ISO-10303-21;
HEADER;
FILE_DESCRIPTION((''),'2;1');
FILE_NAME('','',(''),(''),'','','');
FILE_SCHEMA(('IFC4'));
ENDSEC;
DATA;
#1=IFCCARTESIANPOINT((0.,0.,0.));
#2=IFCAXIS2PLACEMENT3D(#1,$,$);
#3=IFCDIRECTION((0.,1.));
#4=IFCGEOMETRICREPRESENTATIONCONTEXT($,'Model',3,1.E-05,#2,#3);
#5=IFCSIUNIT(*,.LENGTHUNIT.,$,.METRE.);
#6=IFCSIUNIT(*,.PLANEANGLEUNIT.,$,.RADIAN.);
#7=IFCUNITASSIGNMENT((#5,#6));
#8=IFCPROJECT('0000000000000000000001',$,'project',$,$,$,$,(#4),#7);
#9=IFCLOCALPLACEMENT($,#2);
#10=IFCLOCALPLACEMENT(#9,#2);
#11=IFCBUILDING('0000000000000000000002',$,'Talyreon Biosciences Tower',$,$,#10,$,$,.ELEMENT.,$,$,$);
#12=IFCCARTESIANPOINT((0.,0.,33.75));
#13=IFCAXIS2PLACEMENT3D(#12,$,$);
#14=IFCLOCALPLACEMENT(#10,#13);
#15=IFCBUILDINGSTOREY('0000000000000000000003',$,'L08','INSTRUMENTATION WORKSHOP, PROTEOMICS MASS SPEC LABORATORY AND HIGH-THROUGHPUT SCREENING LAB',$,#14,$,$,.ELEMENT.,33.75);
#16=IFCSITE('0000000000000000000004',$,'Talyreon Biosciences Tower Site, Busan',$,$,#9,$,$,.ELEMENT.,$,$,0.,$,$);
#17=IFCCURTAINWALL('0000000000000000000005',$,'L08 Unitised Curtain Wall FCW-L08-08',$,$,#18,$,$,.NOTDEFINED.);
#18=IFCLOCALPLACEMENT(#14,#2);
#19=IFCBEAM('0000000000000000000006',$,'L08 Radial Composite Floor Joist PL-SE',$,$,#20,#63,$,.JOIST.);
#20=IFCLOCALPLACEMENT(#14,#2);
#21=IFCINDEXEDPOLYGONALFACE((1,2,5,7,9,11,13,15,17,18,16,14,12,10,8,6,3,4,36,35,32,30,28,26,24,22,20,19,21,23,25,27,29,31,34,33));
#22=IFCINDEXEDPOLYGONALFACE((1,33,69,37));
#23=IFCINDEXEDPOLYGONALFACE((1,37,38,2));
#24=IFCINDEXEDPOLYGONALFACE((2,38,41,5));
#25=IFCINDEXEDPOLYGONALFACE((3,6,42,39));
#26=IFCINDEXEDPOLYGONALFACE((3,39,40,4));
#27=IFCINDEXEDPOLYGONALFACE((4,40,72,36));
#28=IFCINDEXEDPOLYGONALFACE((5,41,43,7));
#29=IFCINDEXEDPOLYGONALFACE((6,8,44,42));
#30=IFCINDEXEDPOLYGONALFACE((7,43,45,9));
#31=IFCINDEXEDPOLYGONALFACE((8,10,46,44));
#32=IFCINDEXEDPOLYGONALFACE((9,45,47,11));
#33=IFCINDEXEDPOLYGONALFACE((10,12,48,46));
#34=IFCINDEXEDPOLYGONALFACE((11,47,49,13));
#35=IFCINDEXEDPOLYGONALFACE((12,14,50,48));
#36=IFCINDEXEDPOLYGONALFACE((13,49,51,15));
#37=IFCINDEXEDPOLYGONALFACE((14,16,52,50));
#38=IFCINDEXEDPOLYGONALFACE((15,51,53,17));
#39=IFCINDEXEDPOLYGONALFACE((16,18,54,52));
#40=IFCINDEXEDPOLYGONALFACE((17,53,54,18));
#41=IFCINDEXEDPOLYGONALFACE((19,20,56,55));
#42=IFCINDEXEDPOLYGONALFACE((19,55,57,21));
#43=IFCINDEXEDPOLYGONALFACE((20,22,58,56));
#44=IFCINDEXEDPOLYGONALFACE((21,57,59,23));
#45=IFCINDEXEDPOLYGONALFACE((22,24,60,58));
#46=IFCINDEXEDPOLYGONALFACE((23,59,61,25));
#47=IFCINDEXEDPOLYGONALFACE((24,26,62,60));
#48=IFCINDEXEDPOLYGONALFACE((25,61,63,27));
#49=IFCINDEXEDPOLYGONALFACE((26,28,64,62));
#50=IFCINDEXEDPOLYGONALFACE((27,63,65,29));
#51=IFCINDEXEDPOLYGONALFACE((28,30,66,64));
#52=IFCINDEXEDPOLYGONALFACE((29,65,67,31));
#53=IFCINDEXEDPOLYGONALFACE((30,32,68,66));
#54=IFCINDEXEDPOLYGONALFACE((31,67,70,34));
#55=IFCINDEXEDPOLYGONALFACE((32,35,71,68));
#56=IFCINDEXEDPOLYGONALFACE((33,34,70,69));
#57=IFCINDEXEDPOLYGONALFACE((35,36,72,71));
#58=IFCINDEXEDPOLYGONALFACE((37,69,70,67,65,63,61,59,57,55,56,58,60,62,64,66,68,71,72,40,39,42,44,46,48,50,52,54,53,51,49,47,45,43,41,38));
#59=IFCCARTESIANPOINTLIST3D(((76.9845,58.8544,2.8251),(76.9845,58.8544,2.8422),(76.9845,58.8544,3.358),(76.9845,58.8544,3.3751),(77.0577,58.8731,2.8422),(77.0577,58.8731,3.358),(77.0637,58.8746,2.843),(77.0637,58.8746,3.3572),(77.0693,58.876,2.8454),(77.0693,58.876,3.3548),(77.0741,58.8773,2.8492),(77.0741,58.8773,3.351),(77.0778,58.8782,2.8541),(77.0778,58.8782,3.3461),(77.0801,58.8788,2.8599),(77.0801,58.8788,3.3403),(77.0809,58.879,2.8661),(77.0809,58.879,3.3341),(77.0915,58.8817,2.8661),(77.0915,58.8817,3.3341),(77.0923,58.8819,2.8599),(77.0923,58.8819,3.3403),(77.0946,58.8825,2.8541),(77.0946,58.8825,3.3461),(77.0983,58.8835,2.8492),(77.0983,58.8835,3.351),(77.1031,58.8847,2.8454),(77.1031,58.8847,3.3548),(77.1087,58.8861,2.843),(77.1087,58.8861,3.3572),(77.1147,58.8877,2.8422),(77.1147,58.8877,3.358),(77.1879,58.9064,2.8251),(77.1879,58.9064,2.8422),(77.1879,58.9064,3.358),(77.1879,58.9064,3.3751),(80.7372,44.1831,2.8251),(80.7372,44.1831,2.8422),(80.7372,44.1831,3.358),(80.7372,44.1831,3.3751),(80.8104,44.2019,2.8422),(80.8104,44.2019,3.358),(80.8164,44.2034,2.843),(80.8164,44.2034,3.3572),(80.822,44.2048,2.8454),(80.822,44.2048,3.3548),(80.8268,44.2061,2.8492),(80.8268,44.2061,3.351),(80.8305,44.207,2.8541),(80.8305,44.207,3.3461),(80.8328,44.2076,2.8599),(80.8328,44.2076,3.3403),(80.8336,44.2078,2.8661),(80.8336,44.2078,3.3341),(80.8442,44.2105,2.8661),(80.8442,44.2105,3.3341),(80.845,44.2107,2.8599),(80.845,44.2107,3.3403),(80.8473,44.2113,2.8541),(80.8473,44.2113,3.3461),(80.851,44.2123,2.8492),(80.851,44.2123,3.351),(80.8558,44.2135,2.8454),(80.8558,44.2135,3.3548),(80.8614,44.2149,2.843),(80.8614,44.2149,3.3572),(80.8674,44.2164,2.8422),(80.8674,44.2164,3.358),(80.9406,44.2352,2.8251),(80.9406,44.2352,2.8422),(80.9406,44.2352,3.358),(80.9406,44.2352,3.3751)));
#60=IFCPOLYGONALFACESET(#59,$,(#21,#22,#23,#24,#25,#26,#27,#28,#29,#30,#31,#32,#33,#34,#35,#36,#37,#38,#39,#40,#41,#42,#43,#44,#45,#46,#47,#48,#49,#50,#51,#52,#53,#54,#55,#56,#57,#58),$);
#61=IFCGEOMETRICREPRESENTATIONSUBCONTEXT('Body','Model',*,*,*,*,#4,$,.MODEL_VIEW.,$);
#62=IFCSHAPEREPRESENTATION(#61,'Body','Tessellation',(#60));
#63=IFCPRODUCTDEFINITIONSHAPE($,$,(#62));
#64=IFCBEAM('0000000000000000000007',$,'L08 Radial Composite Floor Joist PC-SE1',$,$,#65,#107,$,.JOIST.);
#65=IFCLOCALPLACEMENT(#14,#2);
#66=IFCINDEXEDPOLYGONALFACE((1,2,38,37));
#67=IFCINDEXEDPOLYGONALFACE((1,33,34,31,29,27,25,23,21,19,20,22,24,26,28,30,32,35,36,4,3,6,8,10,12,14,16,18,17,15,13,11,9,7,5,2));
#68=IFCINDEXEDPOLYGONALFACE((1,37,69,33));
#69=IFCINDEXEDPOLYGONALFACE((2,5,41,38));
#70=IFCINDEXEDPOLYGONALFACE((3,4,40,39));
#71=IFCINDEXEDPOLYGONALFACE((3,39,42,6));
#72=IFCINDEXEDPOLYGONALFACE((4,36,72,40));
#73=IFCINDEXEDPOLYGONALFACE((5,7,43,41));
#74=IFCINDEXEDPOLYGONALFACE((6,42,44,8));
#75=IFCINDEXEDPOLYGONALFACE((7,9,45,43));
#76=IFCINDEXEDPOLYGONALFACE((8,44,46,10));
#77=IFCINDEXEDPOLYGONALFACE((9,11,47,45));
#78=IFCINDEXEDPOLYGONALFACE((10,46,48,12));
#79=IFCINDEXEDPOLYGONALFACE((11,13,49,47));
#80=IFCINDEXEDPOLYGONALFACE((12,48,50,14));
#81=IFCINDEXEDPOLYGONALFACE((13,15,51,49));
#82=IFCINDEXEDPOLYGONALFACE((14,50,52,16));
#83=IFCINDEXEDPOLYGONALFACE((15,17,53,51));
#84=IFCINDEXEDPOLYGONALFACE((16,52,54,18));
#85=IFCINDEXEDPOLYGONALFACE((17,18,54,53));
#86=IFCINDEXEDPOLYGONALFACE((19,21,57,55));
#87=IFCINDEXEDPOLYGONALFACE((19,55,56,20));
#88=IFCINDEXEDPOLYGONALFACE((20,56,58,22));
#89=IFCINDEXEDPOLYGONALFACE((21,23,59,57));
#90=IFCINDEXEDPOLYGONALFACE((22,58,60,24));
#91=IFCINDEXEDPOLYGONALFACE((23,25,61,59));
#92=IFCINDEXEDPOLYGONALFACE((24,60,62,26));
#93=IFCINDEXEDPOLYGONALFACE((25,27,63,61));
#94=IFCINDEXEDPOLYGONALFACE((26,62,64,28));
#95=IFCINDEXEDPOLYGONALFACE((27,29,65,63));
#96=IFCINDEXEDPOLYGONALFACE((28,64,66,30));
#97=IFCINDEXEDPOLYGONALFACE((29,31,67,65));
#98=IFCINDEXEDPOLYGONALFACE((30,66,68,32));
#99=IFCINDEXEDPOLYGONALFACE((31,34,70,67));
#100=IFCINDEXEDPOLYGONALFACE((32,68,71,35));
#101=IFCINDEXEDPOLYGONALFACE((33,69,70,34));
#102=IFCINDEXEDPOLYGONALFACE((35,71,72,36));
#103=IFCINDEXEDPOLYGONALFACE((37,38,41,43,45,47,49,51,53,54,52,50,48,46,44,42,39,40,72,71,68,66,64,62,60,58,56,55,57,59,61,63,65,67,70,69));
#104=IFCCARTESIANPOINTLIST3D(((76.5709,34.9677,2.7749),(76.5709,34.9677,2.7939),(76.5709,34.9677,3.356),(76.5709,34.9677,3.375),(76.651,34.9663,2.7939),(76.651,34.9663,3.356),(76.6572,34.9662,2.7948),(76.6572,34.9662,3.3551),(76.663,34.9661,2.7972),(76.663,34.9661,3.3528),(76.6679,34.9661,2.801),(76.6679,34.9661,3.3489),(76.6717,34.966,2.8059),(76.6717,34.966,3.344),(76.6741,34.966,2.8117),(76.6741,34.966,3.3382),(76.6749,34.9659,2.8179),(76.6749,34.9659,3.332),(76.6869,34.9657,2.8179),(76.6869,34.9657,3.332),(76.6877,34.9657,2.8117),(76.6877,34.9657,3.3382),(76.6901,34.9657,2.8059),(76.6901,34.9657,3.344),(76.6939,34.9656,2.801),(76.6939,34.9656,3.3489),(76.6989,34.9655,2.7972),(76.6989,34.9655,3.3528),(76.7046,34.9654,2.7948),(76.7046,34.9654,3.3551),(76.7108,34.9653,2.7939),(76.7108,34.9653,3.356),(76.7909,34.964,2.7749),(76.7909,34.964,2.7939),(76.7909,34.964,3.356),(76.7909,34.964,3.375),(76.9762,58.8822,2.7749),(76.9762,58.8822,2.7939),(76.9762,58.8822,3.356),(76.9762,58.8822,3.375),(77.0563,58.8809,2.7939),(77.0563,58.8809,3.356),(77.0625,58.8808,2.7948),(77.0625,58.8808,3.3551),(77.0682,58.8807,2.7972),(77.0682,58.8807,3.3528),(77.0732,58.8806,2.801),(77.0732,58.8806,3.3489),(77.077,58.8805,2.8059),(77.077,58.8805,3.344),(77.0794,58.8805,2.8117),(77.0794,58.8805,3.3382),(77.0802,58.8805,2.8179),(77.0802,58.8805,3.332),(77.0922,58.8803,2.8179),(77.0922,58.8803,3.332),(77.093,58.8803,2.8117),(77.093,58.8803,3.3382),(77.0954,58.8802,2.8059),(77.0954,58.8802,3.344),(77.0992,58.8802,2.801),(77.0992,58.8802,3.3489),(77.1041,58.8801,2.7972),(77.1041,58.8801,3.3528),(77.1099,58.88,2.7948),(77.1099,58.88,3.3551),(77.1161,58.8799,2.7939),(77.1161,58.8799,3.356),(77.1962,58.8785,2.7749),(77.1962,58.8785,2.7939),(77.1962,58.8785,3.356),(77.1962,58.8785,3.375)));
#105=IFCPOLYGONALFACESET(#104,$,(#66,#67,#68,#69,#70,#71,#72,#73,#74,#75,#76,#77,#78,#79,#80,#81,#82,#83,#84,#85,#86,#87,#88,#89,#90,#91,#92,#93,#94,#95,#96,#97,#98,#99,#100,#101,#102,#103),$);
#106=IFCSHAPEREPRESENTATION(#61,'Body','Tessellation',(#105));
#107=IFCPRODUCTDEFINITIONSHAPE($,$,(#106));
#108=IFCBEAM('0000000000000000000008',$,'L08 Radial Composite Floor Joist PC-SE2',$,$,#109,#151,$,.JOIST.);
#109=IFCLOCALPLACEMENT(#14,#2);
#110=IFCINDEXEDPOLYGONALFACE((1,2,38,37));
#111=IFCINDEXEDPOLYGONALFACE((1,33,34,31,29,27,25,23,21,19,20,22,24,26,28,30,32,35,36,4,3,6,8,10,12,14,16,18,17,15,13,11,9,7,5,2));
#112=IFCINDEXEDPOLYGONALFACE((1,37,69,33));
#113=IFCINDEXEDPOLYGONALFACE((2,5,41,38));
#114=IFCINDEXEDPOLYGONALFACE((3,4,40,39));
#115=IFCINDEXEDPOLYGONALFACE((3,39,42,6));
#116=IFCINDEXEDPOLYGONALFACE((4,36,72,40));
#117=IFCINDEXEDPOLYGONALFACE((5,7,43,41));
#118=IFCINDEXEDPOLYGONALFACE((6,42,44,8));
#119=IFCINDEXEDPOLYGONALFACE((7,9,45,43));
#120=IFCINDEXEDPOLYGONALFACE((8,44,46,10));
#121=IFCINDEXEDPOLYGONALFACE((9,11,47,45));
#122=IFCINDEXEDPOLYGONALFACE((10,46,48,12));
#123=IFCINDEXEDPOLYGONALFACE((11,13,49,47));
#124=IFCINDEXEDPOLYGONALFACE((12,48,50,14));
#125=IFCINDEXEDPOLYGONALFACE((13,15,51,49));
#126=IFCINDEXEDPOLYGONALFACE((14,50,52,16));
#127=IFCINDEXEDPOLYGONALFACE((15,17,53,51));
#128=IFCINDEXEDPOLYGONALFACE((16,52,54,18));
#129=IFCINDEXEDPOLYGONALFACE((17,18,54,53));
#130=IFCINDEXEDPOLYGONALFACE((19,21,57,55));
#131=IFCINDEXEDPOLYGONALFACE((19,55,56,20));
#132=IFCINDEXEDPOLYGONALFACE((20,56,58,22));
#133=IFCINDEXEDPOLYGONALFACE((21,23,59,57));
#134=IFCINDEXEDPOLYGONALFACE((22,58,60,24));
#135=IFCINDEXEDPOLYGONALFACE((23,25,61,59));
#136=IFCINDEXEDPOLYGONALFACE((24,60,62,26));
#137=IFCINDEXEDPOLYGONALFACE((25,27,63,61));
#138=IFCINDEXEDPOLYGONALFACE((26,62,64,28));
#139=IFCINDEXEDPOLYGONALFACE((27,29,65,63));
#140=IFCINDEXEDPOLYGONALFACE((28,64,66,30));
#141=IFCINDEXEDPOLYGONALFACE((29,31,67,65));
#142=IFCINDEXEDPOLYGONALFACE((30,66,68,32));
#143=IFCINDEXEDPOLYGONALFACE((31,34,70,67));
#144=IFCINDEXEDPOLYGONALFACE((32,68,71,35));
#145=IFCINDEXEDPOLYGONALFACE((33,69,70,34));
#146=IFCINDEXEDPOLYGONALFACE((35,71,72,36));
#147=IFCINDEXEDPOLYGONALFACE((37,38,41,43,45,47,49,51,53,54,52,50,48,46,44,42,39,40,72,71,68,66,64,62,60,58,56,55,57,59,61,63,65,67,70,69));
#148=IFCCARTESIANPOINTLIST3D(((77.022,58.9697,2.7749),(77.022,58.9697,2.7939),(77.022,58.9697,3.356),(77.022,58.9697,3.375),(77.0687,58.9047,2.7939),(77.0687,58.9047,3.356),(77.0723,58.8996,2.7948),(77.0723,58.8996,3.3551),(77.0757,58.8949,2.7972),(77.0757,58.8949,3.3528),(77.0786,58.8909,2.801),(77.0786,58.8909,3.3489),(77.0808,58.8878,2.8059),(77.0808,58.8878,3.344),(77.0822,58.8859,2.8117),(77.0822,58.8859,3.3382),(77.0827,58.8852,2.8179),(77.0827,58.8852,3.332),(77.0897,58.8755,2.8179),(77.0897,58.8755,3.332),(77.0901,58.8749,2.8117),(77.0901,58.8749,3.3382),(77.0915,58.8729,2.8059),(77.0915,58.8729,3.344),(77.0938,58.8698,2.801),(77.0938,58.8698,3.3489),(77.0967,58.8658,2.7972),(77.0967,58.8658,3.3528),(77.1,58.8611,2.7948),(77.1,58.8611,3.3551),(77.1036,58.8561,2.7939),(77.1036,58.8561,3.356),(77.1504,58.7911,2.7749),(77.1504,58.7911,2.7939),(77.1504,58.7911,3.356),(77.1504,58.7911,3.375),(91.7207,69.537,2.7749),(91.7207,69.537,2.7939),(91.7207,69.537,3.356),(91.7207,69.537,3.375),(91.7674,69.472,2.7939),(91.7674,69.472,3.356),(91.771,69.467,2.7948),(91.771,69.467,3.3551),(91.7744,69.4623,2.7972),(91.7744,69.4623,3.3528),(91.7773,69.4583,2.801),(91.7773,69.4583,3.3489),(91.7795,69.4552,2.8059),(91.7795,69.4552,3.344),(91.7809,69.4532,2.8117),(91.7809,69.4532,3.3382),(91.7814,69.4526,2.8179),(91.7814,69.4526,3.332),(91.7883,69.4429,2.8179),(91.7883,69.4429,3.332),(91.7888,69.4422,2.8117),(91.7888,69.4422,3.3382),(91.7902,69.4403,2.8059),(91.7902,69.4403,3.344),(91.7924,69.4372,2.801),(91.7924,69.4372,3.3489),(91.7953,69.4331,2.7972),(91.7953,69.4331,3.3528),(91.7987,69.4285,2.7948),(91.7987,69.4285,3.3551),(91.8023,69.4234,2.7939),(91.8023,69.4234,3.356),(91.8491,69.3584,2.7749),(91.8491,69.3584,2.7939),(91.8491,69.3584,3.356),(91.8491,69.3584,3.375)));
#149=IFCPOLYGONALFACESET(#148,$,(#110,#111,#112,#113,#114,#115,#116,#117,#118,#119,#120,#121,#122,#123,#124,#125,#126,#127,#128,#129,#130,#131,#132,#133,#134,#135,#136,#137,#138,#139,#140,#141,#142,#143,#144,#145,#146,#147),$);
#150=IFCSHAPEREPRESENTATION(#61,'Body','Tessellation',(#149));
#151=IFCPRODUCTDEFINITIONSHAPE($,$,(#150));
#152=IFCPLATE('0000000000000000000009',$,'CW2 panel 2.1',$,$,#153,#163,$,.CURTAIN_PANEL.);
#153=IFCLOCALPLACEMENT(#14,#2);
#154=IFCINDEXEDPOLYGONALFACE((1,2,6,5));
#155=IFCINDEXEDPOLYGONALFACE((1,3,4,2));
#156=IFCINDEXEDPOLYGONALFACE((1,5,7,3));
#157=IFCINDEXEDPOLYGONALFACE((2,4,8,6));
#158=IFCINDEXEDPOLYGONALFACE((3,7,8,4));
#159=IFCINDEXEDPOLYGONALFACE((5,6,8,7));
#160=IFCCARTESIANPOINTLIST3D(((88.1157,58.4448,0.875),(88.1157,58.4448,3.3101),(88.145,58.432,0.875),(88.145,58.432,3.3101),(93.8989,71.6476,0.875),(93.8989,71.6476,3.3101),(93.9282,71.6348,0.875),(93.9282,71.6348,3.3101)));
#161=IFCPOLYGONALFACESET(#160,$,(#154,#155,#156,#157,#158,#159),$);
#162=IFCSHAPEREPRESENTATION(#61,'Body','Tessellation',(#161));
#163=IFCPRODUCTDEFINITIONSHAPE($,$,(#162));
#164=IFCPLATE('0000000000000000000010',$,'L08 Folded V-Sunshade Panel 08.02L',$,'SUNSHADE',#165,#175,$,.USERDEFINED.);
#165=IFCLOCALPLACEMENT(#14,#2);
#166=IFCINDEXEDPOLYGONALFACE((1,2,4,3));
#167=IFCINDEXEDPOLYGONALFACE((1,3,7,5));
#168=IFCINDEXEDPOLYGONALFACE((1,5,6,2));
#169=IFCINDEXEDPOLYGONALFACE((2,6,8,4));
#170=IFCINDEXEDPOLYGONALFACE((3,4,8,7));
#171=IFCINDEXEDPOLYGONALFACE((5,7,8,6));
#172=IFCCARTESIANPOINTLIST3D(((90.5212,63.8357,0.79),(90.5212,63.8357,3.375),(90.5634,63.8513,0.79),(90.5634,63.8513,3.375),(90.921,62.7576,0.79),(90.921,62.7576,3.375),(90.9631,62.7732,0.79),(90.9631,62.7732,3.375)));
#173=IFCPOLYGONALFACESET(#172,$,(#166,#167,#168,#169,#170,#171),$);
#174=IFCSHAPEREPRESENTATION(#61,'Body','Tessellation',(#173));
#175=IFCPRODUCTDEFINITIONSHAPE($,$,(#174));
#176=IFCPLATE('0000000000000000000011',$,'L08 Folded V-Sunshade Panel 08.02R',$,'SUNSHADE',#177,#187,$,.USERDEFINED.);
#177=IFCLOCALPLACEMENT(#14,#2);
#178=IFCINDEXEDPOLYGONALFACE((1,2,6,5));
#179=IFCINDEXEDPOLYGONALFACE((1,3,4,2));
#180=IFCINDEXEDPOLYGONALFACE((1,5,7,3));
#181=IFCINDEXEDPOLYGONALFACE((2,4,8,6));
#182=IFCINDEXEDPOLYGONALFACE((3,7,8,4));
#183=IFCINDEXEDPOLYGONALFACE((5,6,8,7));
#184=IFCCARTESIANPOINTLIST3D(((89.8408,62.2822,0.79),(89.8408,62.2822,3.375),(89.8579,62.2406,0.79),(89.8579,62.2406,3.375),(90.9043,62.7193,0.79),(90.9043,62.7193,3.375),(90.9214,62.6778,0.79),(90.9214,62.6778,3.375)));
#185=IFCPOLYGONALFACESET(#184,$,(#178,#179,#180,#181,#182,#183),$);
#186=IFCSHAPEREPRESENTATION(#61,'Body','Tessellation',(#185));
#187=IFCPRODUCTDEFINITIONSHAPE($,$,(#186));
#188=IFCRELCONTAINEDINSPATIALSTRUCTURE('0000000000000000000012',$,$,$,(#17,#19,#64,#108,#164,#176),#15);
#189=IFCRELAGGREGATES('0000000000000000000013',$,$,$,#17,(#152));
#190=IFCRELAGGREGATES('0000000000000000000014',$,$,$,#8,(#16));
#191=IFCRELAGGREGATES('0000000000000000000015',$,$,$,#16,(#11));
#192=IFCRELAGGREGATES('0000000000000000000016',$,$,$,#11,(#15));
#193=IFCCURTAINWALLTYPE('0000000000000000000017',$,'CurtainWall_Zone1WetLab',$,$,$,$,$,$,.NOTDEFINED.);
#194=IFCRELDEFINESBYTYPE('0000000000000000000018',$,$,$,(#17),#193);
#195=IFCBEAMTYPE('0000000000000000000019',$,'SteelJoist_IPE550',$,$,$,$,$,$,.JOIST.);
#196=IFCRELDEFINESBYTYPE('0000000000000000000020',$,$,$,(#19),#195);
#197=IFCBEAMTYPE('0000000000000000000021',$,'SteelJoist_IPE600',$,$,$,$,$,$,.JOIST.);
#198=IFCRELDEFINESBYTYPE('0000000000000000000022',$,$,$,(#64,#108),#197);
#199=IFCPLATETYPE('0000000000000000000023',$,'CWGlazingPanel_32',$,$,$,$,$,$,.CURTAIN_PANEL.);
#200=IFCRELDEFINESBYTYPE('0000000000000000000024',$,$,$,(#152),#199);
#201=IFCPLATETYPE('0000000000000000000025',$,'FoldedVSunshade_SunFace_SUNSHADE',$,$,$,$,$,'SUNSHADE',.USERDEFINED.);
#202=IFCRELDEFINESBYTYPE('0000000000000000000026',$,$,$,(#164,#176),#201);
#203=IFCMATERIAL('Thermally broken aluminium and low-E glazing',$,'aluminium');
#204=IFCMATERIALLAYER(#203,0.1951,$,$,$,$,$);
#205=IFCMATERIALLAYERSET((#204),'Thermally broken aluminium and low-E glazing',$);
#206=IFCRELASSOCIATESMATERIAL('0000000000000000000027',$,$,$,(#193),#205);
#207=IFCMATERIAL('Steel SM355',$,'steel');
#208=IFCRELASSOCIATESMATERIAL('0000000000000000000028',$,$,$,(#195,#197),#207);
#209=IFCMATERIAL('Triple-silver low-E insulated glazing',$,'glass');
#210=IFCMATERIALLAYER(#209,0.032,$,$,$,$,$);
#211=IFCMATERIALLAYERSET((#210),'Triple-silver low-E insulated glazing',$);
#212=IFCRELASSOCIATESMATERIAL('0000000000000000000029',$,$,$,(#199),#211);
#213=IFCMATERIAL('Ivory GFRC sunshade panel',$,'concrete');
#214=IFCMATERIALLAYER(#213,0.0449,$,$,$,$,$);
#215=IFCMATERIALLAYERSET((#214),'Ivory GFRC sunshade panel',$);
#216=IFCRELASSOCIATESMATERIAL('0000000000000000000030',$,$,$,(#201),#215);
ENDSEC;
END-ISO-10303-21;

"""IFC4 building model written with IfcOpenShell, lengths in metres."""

from ifc_helpers import new_model, si_unit, direction, frame, origin, origin_2d, place, context, subcontext, project, spatial, rectangle, i_section, extrude, material, layer, layer_set, material_profile, profile_set, type_object, element, aggregate, save


model = new_model("IFC4")

# Units and contexts
model_context = context("Model", 3, precision=1e-05, world=origin(), true_north=direction((0.0, 1.0)))
body_context = subcontext(model_context, "Body", "Model", "MODEL_VIEW")
ifc_project = project(units=[si_unit("LENGTHUNIT", "METRE"), si_unit("PLANEANGLEUNIT", "RADIAN")], contexts=[model_context])

# Site, building, storey
site_placement = place(None, origin())
site = spatial("IfcSite", under=ifc_project, at=site_placement, Name="Talyreon Biosciences Tower Site, Busan", CompositionType="ELEMENT", RefElevation=0.0)
building_placement = place(site_placement, origin())
building = spatial("IfcBuilding", under=site, at=building_placement, Name="Talyreon Biosciences Tower", CompositionType="ELEMENT")
storey_placement = place(building_placement, frame((0.0, 0.0, 33.75)))
storey = spatial("IfcBuildingStorey", under=building, at=storey_placement, Name="L08", Description="INSTRUMENTATION WORKSHOP, PROTEOMICS MASS SPEC LABORATORY AND HIGH-THROUGHPUT SCREENING LAB", CompositionType="ELEMENT", Elevation=33.75)

# Curtain wall
ifc_material_1 = material(Name="Thermally broken aluminium and low-E glazing", Category="aluminium")
ifc_layer_1 = layer(ifc_material_1, 0.1951)
ifc_layer_set_1 = layer_set([ifc_layer_1], Name="Thermally broken aluminium and low-E glazing")
curtain_wall_type = type_object("IfcCurtainWallType", Name="CurtainWall_Zone1WetLab", PredefinedType="NOTDEFINED", material=ifc_layer_set_1)
curtain_wall_placement = place(storey_placement, origin())
curtain_wall = element("IfcCurtainWall", 1, at=curtain_wall_placement, inside=storey, type_object=curtain_wall_type, Name="L08 Unitised Curtain Wall FCW-L08-08", PredefinedType="NOTDEFINED")

# Beams
ifc_material_2 = material(Name="Steel SM355", Category="steel")
ifc_material_profile_1 = material_profile(ifc_material_2, i_section(OverallWidth=0.21, OverallDepth=0.55, WebThickness=0.011, FlangeThickness=0.0171, FilletRadius=0.0239, at=origin_2d()), Name="IPE550")
ifc_profile_set_1 = profile_set([ifc_material_profile_1], Name="Steel SM355")
beam_type_1 = type_object("IfcBeamType", Name="SteelJoist_IPE550", PredefinedType="JOIST", material=ifc_profile_set_1)
beam_1_placement = place(storey_placement, frame((77.0862, 58.8804, 3.1001), z_axis=(0.247809, -0.968809, 0.0), x_axis=(0.968809, 0.247809, 0.0)))
element("IfcBeam", 2, at=beam_1_placement, inside=storey, type_object=beam_type_1, Name="L08 Radial Composite Floor Joist PL-SE", PredefinedType="JOIST", context=body_context, shape_type="SweptSolid", body=[
    extrude(i_section(OverallWidth=0.21, OverallDepth=0.55, WebThickness=0.011, FlangeThickness=0.0171, FilletRadius=0.0239, at=origin_2d()), origin(), (0.0, 0.0, 1.0), 15.1436),
])
ifc_material_profile_2 = material_profile(ifc_material_2, i_section(OverallWidth=0.22, OverallDepth=0.6001, WebThickness=0.012, FlangeThickness=0.019, FilletRadius=0.0239, at=origin_2d()), Name="IPE600")
ifc_profile_set_2 = profile_set([ifc_material_profile_2], Name="Steel SM355")
beam_type_2 = type_object("IfcBeamType", Name="SteelJoist_IPE600", PredefinedType="JOIST", material=ifc_profile_set_2)
beam_2_placement = place(storey_placement, frame((77.0862, 58.8804, 3.075), z_axis=(-0.016944, -0.999856, 0.0), x_axis=(0.999856, -0.016944, 0.0)))
element("IfcBeam", 3, at=beam_2_placement, inside=storey, type_object=beam_type_2, Name="L08 Radial Composite Floor Joist PC-SE1", PredefinedType="JOIST", context=body_context, shape_type="SweptSolid", body=[
    extrude(i_section(OverallWidth=0.22, OverallDepth=0.6001, WebThickness=0.012, FlangeThickness=0.019, FilletRadius=0.0239, at=origin_2d()), origin(), (0.0, 0.0, 1.0), 23.918),
])
beam_3_placement = place(storey_placement, frame((77.0862, 58.8804, 3.075), z_axis=(0.811945, 0.583733, 0.0), x_axis=(-0.583733, 0.811945, 0.0)))
element("IfcBeam", 4, at=beam_3_placement, inside=storey, type_object=beam_type_2, Name="L08 Radial Composite Floor Joist PC-SE2", PredefinedType="JOIST", context=body_context, shape_type="SweptSolid", body=[
    extrude(i_section(OverallWidth=0.22, OverallDepth=0.6001, WebThickness=0.012, FlangeThickness=0.019, FilletRadius=0.0239, at=origin_2d()), origin(), (0.0, 0.0, 1.0), 18.103),
])

# Plate
ifc_material_3 = material(Name="Triple-silver low-E insulated glazing", Category="glass")
ifc_layer_2 = layer(ifc_material_3, 0.032)
ifc_layer_set_2 = layer_set([ifc_layer_2], Name="Triple-silver low-E insulated glazing")
plate_type_1 = type_object("IfcPlateType", Name="CWGlazingPanel_32", PredefinedType="CURTAIN_PANEL", material=ifc_layer_set_2)
plate_placement = place(storey_placement, frame((91.022, 65.0398, 0.875), z_axis=(0.0, 0.0, 1.0), x_axis=(-0.401223, -0.91598, 0.0)))
plate = element("IfcPlate", 5, at=plate_placement, type_object=plate_type_1, Name="CW2 panel 2.1", PredefinedType="CURTAIN_PANEL", context=body_context, shape_type="SweptSolid", body=[
    extrude(rectangle(XDim=14.4138, YDim=0.032, at=origin_2d()), origin(), (0.0, 0.0, 1.0), 2.4351),
])
aggregate(curtain_wall, [plate])

# Plates
ifc_material_4 = material(Name="Ivory GFRC sunshade panel", Category="concrete")
ifc_layer_3 = layer(ifc_material_4, 0.0449)
ifc_layer_set_3 = layer_set([ifc_layer_3], Name="Ivory GFRC sunshade panel")
plate_type_2 = type_object("IfcPlateType", Name="FoldedVSunshade_SunFace_SUNSHADE", ElementType="SUNSHADE", PredefinedType="USERDEFINED", material=ifc_layer_set_3)
for number, where, z_axis, x_axis, name in (
    (6, (90.7422, 63.3044, 0.79), (0.0, 0.0, 1.0), (0.347672, -0.937616, 0.0), "L08 Folded V-Sunshade Panel 08.02L"),
    (7, (90.3811, 62.48, 0.79), (0.0, 0.0, 1.0), (-0.924911, -0.380183, 0.0), "L08 Folded V-Sunshade Panel 08.02R"),
):
    element("IfcPlate", number, at=place(storey_placement, frame(where, z_axis=z_axis, x_axis=x_axis)), inside=storey, type_object=plate_type_2, Name=name, ObjectType="SUNSHADE", PredefinedType="USERDEFINED", context=body_context, shape_type="SweptSolid", body=[
        extrude(rectangle(XDim=1.1499, YDim=0.0449, at=origin_2d()), origin(), (0.0, 0.0, 1.0), 2.585),
    ])

save(model, "model.ifc")
